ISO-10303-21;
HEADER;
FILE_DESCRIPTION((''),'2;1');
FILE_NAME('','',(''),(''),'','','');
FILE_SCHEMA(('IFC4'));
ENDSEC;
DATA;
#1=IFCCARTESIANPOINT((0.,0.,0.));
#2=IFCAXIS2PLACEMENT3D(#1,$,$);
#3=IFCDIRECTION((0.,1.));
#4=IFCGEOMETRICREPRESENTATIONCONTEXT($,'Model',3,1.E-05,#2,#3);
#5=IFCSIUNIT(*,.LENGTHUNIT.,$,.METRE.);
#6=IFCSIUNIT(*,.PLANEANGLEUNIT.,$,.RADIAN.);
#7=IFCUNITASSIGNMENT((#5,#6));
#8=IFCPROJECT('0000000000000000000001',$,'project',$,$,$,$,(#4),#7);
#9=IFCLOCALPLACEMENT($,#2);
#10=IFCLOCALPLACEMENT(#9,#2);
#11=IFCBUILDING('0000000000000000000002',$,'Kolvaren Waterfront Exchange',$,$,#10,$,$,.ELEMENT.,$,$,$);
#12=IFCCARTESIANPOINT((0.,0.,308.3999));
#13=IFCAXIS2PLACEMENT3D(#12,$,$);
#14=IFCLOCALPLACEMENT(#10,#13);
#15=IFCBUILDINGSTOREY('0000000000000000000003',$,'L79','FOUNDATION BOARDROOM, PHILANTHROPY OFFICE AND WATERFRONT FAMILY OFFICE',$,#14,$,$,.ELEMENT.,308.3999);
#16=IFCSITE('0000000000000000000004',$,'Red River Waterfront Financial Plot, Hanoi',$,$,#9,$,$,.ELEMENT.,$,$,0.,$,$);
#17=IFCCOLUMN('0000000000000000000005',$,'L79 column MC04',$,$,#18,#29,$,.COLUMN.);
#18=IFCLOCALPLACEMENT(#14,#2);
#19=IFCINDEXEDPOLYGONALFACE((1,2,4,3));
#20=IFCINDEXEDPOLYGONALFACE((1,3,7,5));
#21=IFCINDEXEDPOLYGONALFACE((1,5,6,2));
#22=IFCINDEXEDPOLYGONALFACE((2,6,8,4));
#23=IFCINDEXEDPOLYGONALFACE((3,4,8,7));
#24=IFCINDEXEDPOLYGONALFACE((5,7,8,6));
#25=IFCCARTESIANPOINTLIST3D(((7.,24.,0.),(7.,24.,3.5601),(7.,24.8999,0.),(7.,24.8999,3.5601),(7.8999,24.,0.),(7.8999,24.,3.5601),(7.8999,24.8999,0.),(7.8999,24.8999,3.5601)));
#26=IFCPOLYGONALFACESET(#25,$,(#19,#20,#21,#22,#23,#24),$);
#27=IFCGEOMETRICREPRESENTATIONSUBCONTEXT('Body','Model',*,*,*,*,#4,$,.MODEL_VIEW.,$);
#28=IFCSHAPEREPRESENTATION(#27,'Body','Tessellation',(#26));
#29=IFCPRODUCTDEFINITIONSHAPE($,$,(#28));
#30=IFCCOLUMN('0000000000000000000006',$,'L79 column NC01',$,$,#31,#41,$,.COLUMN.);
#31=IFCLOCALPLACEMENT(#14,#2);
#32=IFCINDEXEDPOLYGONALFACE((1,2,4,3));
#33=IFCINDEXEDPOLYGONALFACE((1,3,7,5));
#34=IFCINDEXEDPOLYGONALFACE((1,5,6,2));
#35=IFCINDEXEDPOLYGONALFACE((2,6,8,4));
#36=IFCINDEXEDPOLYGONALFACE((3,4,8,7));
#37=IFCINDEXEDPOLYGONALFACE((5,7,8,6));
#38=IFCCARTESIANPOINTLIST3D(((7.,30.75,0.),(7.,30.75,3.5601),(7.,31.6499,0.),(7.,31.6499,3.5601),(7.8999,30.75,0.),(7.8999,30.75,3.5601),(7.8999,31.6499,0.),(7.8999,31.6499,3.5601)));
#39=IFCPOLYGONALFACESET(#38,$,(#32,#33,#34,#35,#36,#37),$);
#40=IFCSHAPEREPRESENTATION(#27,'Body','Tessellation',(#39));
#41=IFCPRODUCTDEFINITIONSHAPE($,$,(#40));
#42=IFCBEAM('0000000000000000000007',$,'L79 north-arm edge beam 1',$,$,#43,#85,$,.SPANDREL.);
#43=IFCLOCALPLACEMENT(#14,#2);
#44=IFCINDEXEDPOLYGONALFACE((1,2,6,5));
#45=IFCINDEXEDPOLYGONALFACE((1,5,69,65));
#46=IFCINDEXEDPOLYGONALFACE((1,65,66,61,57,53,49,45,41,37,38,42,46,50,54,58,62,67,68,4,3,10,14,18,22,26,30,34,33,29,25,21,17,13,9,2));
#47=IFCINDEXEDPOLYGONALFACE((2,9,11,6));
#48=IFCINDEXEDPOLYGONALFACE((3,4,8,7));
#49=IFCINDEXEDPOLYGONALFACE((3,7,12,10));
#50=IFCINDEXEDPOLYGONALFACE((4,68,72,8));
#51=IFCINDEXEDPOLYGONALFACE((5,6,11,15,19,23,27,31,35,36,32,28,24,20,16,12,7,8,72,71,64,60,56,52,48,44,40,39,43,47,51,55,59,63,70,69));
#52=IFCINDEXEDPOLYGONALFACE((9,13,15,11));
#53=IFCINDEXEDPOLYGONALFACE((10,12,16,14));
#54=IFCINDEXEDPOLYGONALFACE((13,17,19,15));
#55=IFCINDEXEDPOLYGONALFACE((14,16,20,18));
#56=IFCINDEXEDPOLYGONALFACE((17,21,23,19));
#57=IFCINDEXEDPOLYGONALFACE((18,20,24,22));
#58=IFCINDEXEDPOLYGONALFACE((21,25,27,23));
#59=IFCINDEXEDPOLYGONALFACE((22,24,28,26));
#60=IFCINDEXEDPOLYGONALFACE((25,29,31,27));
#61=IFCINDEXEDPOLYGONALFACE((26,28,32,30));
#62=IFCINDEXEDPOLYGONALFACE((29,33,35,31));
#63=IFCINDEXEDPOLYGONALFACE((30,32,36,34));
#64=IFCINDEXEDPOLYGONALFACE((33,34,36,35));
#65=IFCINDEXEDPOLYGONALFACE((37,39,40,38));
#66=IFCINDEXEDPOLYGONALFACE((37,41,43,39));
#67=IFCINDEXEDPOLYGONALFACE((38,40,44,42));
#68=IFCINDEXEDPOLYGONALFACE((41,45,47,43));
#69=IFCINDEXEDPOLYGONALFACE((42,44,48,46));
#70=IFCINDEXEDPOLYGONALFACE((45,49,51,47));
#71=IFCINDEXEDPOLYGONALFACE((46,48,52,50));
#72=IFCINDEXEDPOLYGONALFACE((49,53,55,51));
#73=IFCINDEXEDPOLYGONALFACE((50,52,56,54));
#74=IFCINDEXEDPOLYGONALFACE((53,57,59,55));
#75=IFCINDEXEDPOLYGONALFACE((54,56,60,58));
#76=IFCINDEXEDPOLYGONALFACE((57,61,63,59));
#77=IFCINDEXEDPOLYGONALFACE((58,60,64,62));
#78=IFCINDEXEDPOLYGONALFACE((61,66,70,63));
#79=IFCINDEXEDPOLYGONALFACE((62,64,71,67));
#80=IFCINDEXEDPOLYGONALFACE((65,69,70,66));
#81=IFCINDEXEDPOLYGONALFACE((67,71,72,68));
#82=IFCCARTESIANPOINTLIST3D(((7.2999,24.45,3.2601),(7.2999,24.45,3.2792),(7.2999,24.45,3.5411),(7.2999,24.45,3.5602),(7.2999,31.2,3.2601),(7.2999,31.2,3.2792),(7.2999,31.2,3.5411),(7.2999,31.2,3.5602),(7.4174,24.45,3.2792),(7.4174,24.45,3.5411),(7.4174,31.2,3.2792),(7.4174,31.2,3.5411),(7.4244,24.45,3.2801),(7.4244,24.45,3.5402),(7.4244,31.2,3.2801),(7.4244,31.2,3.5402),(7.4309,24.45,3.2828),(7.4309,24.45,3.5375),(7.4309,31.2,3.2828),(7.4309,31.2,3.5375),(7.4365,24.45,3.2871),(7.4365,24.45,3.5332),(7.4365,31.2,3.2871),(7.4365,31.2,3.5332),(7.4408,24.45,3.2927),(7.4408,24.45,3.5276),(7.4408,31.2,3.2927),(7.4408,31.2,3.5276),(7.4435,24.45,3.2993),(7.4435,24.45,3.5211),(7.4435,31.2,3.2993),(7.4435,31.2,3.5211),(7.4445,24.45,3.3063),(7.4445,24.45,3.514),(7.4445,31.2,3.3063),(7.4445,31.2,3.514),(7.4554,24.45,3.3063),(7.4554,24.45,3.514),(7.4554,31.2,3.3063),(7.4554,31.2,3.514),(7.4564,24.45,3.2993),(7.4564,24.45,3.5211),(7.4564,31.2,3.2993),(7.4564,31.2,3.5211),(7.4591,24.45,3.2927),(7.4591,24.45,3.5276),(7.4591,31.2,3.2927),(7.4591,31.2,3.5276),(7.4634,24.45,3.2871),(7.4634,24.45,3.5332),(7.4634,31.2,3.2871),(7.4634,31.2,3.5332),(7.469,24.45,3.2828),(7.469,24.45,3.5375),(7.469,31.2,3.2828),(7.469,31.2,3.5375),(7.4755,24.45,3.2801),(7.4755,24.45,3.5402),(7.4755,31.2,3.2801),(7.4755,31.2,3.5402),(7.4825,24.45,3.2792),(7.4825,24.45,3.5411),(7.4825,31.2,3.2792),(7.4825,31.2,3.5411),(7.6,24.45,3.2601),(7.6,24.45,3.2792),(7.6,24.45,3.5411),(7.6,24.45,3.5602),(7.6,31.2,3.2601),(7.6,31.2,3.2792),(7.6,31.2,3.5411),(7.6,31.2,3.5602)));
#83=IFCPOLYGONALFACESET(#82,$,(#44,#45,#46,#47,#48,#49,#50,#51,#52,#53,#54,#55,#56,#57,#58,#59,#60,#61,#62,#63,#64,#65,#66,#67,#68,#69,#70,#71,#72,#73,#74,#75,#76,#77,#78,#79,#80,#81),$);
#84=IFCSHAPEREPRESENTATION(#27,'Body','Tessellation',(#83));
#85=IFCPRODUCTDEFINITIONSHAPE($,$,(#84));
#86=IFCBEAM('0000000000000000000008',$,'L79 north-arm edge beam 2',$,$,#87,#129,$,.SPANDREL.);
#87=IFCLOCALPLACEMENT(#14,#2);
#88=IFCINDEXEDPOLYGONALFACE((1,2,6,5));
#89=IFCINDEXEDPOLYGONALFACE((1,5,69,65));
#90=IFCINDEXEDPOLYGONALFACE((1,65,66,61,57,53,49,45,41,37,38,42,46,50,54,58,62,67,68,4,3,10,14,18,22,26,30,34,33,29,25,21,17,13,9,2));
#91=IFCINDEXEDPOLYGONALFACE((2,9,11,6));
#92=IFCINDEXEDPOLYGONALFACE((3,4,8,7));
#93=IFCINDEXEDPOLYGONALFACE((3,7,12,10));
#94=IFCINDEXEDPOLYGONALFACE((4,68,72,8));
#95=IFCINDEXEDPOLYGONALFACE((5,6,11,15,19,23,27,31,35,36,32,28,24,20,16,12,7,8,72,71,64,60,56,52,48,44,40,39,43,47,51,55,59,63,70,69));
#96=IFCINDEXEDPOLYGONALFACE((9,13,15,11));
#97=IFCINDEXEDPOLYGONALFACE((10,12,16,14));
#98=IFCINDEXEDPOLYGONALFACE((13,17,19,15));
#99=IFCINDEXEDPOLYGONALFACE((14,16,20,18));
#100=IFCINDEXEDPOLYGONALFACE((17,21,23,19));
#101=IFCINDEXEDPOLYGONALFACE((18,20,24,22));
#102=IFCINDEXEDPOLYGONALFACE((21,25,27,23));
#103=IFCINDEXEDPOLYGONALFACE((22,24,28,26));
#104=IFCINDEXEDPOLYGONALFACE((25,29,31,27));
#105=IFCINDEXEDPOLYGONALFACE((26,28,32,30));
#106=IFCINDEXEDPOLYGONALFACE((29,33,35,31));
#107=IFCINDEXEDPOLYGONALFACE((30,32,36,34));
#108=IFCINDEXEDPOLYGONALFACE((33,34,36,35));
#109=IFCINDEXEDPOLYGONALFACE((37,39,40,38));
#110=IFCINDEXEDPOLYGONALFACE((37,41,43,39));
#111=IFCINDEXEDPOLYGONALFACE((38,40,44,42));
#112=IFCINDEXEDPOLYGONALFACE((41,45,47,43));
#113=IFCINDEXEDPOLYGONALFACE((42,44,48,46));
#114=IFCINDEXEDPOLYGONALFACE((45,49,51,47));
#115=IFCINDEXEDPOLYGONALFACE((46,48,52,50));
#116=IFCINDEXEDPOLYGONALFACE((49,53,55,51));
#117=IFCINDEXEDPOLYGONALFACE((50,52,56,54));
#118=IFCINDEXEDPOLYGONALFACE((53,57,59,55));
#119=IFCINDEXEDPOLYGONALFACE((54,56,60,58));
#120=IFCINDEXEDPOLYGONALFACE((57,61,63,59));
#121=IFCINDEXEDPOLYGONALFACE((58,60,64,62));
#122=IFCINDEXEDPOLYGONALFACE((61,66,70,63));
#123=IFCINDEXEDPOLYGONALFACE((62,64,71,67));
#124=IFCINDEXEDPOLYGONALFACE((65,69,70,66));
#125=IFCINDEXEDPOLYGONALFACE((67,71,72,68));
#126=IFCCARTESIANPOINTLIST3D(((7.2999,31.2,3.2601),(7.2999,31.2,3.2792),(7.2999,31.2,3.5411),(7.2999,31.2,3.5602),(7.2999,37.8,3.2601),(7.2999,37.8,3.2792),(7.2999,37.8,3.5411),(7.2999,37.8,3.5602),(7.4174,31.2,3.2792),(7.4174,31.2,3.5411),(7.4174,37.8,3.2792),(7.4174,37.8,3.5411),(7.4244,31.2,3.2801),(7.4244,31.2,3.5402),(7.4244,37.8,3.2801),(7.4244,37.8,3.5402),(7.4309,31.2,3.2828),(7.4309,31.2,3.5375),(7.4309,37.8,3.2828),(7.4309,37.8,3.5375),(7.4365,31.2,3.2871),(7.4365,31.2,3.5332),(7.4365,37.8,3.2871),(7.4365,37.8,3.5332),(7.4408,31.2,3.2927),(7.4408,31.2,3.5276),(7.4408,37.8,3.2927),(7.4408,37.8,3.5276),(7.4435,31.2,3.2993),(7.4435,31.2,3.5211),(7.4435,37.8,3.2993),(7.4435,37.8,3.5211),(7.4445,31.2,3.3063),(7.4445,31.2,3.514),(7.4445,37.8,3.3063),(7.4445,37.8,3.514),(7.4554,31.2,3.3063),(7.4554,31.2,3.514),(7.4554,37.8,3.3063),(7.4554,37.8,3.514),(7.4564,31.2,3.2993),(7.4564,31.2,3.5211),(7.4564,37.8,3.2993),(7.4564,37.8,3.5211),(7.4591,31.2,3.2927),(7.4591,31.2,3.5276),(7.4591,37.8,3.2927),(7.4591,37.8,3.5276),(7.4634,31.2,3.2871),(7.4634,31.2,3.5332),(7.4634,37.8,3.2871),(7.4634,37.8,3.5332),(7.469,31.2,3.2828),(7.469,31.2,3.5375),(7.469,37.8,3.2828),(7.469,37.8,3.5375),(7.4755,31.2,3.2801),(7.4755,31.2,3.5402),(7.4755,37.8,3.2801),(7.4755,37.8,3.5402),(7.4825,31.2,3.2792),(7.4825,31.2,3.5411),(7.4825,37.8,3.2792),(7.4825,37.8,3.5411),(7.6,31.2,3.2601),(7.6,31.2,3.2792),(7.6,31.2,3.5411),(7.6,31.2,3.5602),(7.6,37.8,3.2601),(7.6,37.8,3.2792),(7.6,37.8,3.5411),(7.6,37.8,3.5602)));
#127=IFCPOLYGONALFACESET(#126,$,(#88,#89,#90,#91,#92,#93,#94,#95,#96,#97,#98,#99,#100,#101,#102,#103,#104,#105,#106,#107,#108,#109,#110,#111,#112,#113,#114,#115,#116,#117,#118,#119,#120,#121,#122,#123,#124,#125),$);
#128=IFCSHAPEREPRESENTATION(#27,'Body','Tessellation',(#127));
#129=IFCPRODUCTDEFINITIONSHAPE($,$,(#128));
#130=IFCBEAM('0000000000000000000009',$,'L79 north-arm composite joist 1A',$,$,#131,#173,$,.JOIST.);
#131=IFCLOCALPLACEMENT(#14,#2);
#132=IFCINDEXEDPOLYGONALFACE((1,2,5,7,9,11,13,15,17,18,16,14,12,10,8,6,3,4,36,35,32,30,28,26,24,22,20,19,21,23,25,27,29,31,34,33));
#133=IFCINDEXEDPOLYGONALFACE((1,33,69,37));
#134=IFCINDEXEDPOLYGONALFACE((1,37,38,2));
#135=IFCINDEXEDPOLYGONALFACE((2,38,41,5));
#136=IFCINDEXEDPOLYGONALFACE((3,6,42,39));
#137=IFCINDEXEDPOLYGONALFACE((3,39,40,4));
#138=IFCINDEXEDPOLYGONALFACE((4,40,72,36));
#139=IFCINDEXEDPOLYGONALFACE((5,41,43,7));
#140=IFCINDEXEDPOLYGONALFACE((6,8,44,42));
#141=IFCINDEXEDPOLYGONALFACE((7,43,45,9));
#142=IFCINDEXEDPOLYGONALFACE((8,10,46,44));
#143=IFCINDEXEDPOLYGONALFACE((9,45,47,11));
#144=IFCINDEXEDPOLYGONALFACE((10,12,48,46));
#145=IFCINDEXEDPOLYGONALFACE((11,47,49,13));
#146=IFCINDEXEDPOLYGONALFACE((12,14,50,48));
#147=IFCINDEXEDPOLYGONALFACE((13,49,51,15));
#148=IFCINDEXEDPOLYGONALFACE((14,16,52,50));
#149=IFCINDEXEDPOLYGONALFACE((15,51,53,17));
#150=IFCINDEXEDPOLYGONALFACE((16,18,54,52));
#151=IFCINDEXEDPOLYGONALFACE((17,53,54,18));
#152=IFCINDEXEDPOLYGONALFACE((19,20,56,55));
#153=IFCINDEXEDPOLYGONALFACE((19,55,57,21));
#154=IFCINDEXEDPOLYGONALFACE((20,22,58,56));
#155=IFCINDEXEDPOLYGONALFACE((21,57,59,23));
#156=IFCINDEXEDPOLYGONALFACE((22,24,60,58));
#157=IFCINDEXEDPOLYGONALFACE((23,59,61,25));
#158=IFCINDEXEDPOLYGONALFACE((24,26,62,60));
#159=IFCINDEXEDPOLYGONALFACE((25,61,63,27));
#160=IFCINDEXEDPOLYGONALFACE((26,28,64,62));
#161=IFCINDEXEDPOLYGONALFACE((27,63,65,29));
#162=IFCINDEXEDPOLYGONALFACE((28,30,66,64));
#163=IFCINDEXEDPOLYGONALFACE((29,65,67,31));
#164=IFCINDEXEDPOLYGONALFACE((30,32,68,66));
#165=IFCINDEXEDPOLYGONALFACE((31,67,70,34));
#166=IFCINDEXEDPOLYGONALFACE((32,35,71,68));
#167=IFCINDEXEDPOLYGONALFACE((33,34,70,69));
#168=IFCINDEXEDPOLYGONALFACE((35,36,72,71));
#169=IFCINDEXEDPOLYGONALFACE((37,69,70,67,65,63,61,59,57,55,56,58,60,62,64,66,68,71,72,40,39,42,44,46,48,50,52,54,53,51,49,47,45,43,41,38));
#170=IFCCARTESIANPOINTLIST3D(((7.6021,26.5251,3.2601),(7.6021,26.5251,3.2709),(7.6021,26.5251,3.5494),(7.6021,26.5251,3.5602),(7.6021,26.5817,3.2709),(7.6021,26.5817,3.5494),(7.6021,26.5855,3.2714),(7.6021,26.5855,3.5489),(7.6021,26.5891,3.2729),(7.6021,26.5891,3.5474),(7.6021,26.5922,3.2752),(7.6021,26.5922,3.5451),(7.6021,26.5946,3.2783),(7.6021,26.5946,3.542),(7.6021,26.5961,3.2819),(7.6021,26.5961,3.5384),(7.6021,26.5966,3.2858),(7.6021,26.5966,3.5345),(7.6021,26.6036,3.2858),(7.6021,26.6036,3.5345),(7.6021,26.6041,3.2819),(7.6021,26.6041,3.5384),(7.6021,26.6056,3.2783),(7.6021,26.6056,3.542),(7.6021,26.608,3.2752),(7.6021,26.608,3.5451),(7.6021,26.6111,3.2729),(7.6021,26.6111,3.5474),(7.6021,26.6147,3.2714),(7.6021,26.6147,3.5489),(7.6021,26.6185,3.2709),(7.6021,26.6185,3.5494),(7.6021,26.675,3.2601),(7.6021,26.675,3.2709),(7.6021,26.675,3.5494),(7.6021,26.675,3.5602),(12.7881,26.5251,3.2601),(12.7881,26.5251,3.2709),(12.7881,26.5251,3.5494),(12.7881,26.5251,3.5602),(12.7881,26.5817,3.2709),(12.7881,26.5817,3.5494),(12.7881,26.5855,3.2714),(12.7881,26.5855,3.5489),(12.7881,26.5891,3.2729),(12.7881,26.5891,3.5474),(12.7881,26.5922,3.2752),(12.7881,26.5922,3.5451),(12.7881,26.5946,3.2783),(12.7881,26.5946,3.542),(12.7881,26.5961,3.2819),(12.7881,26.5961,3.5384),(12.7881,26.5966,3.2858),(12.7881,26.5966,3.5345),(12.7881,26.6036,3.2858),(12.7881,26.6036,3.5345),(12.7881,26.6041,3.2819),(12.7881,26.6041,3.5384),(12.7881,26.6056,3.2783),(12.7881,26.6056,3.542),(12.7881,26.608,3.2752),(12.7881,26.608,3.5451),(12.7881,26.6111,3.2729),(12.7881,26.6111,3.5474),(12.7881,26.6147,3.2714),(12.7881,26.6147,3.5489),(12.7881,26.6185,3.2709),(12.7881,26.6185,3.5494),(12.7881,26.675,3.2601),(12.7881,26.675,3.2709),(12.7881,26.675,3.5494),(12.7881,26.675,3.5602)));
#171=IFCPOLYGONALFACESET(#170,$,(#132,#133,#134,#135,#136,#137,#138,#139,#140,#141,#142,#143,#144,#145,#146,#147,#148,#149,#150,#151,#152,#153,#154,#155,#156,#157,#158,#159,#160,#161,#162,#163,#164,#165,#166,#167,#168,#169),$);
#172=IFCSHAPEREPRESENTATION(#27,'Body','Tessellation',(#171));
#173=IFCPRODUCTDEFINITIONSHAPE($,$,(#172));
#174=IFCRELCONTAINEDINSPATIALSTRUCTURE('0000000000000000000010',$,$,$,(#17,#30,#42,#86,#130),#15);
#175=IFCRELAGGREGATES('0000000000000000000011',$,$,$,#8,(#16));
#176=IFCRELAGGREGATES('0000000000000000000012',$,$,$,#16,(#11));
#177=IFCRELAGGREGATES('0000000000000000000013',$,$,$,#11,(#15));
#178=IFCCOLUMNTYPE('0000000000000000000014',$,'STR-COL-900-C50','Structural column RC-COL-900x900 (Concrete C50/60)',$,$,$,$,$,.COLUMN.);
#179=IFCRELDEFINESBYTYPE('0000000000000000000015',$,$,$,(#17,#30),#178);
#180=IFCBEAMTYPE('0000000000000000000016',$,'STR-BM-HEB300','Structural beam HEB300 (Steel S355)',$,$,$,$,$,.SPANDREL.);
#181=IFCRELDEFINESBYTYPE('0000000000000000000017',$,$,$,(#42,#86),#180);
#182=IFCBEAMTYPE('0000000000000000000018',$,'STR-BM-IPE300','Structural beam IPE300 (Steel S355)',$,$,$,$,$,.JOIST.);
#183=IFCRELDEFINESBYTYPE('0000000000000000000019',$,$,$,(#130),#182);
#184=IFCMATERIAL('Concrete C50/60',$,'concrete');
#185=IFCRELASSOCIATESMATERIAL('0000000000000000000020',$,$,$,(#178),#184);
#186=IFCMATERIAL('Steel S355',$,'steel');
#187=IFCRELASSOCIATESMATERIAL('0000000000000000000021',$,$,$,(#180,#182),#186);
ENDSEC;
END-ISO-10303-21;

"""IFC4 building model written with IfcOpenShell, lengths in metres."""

from ifc_helpers import new_model, si_unit, direction, frame, origin, origin_2d, place, context, subcontext, project, spatial, rectangle, i_section, extrude, material, material_profile, profile_set, type_object, element, save


model = new_model("IFC4")

# Units and contexts
model_context = context("Model", 3, precision=1e-05, world=origin(), true_north=direction((0.0, 1.0)))
body_context = subcontext(model_context, "Body", "Model", "MODEL_VIEW")
ifc_project = project(units=[si_unit("LENGTHUNIT", "METRE"), si_unit("PLANEANGLEUNIT", "RADIAN")], contexts=[model_context])

# Site, building, storey
site_placement = place(None, origin())
site = spatial("IfcSite", under=ifc_project, at=site_placement, Name="Red River Waterfront Financial Plot, Hanoi", CompositionType="ELEMENT", RefElevation=0.0)
building_placement = place(site_placement, origin())
building = spatial("IfcBuilding", under=site, at=building_placement, Name="Kolvaren Waterfront Exchange", CompositionType="ELEMENT")
storey_placement = place(building_placement, frame((0.0, 0.0, 308.3999)))
storey = spatial("IfcBuildingStorey", under=building, at=storey_placement, Name="L79", Description="FOUNDATION BOARDROOM, PHILANTHROPY OFFICE AND WATERFRONT FAMILY OFFICE", CompositionType="ELEMENT", Elevation=308.3999)

# Columns
ifc_material_1 = material(Name="Concrete C50/60", Category="concrete")
ifc_material_profile_1 = material_profile(ifc_material_1, rectangle(XDim=0.8999, YDim=0.8999, at=origin_2d()), Name="RC-COL-900x900")
ifc_profile_set_1 = profile_set([ifc_material_profile_1], Name="Concrete C50/60")
column_type = type_object("IfcColumnType", Name="STR-COL-900-C50", Description="Structural column RC-COL-900x900 (Concrete C50/60)", PredefinedType="COLUMN", material=ifc_profile_set_1)
for number, where, z_axis, x_axis, name in (
    (1, (7.45, 24.45, 0.0), (0.0, 0.0, 1.0), (1.0, 0.0, 0.0), "L79 column MC04"),
    (2, (7.45, 31.2, 0.0), (0.0, 0.0, 1.0), (1.0, 0.0, 0.0), "L79 column NC01"),
):
    element("IfcColumn", number, at=place(storey_placement, frame(where, z_axis=z_axis, x_axis=x_axis)), inside=storey, type_object=column_type, Name=name, PredefinedType="COLUMN", context=body_context, shape_type="SweptSolid", body=[
        extrude(rectangle(XDim=0.8999, YDim=0.8999, at=origin_2d()), origin(), (0.0, 0.0, 1.0), 3.5601),
    ])

# Beams
ifc_material_2 = material(Name="Steel S355", Category="steel")
ifc_material_profile_2 = material_profile(ifc_material_2, i_section(OverallWidth=0.3, OverallDepth=0.3, WebThickness=0.011, FlangeThickness=0.019, FilletRadius=0.0271, at=origin_2d()), Name="HEB300")
ifc_profile_set_2 = profile_set([ifc_material_profile_2], Name="Steel S355")
beam_type_1 = type_object("IfcBeamType", Name="STR-BM-HEB300", Description="Structural beam HEB300 (Steel S355)", PredefinedType="SPANDREL", material=ifc_profile_set_2)
beam_1_placement = place(storey_placement, frame((7.45, 24.45, 3.4102), z_axis=(0.0, 1.0, 0.0), x_axis=(-1.0, 0.0, 0.0)))
element("IfcBeam", 3, at=beam_1_placement, inside=storey, type_object=beam_type_1, Name="L79 north-arm edge beam 1", PredefinedType="SPANDREL", context=body_context, shape_type="SweptSolid", body=[
    extrude(i_section(OverallWidth=0.3, OverallDepth=0.3, WebThickness=0.011, FlangeThickness=0.019, FilletRadius=0.0271, at=origin_2d()), origin(), (0.0, 0.0, 1.0), 6.75),
])
beam_2_placement = place(storey_placement, frame((7.45, 31.2, 3.4102), z_axis=(0.0, 1.0, 0.0), x_axis=(-1.0, 0.0, 0.0)))
element("IfcBeam", 4, at=beam_2_placement, inside=storey, type_object=beam_type_1, Name="L79 north-arm edge beam 2", PredefinedType="SPANDREL", context=body_context, shape_type="SweptSolid", body=[
    extrude(i_section(OverallWidth=0.3, OverallDepth=0.3, WebThickness=0.011, FlangeThickness=0.019, FilletRadius=0.0271, at=origin_2d()), origin(), (0.0, 0.0, 1.0), 6.6001),
])
ifc_material_profile_3 = material_profile(ifc_material_2, i_section(OverallWidth=0.1499, OverallDepth=0.3, WebThickness=0.0071, FlangeThickness=0.0107, FilletRadius=0.0149, at=origin_2d()), Name="IPE300")
ifc_profile_set_3 = profile_set([ifc_material_profile_3], Name="Steel S355")
beam_type_2 = type_object("IfcBeamType", Name="STR-BM-IPE300", Description="Structural beam IPE300 (Steel S355)", PredefinedType="JOIST", material=ifc_profile_set_3)
for number, where, z_axis, x_axis, name in (
    (5, (7.6021, 26.6001, 3.4102), (1.0, 0.0, 0.0), (0.0, 1.0, 0.0), "L79 north-arm composite joist 1A"),
):
    element("IfcBeam", number, at=place(storey_placement, frame(where, z_axis=z_axis, x_axis=x_axis)), inside=storey, type_object=beam_type_2, Name=name, PredefinedType="JOIST", context=body_context, shape_type="SweptSolid", body=[
        extrude(i_section(OverallWidth=0.1499, OverallDepth=0.3, WebThickness=0.0071, FlangeThickness=0.0107, FilletRadius=0.0149, at=origin_2d()), origin(), (0.0, 0.0, 1.0), 5.186),
    ])

save(model, "model.ifc")
